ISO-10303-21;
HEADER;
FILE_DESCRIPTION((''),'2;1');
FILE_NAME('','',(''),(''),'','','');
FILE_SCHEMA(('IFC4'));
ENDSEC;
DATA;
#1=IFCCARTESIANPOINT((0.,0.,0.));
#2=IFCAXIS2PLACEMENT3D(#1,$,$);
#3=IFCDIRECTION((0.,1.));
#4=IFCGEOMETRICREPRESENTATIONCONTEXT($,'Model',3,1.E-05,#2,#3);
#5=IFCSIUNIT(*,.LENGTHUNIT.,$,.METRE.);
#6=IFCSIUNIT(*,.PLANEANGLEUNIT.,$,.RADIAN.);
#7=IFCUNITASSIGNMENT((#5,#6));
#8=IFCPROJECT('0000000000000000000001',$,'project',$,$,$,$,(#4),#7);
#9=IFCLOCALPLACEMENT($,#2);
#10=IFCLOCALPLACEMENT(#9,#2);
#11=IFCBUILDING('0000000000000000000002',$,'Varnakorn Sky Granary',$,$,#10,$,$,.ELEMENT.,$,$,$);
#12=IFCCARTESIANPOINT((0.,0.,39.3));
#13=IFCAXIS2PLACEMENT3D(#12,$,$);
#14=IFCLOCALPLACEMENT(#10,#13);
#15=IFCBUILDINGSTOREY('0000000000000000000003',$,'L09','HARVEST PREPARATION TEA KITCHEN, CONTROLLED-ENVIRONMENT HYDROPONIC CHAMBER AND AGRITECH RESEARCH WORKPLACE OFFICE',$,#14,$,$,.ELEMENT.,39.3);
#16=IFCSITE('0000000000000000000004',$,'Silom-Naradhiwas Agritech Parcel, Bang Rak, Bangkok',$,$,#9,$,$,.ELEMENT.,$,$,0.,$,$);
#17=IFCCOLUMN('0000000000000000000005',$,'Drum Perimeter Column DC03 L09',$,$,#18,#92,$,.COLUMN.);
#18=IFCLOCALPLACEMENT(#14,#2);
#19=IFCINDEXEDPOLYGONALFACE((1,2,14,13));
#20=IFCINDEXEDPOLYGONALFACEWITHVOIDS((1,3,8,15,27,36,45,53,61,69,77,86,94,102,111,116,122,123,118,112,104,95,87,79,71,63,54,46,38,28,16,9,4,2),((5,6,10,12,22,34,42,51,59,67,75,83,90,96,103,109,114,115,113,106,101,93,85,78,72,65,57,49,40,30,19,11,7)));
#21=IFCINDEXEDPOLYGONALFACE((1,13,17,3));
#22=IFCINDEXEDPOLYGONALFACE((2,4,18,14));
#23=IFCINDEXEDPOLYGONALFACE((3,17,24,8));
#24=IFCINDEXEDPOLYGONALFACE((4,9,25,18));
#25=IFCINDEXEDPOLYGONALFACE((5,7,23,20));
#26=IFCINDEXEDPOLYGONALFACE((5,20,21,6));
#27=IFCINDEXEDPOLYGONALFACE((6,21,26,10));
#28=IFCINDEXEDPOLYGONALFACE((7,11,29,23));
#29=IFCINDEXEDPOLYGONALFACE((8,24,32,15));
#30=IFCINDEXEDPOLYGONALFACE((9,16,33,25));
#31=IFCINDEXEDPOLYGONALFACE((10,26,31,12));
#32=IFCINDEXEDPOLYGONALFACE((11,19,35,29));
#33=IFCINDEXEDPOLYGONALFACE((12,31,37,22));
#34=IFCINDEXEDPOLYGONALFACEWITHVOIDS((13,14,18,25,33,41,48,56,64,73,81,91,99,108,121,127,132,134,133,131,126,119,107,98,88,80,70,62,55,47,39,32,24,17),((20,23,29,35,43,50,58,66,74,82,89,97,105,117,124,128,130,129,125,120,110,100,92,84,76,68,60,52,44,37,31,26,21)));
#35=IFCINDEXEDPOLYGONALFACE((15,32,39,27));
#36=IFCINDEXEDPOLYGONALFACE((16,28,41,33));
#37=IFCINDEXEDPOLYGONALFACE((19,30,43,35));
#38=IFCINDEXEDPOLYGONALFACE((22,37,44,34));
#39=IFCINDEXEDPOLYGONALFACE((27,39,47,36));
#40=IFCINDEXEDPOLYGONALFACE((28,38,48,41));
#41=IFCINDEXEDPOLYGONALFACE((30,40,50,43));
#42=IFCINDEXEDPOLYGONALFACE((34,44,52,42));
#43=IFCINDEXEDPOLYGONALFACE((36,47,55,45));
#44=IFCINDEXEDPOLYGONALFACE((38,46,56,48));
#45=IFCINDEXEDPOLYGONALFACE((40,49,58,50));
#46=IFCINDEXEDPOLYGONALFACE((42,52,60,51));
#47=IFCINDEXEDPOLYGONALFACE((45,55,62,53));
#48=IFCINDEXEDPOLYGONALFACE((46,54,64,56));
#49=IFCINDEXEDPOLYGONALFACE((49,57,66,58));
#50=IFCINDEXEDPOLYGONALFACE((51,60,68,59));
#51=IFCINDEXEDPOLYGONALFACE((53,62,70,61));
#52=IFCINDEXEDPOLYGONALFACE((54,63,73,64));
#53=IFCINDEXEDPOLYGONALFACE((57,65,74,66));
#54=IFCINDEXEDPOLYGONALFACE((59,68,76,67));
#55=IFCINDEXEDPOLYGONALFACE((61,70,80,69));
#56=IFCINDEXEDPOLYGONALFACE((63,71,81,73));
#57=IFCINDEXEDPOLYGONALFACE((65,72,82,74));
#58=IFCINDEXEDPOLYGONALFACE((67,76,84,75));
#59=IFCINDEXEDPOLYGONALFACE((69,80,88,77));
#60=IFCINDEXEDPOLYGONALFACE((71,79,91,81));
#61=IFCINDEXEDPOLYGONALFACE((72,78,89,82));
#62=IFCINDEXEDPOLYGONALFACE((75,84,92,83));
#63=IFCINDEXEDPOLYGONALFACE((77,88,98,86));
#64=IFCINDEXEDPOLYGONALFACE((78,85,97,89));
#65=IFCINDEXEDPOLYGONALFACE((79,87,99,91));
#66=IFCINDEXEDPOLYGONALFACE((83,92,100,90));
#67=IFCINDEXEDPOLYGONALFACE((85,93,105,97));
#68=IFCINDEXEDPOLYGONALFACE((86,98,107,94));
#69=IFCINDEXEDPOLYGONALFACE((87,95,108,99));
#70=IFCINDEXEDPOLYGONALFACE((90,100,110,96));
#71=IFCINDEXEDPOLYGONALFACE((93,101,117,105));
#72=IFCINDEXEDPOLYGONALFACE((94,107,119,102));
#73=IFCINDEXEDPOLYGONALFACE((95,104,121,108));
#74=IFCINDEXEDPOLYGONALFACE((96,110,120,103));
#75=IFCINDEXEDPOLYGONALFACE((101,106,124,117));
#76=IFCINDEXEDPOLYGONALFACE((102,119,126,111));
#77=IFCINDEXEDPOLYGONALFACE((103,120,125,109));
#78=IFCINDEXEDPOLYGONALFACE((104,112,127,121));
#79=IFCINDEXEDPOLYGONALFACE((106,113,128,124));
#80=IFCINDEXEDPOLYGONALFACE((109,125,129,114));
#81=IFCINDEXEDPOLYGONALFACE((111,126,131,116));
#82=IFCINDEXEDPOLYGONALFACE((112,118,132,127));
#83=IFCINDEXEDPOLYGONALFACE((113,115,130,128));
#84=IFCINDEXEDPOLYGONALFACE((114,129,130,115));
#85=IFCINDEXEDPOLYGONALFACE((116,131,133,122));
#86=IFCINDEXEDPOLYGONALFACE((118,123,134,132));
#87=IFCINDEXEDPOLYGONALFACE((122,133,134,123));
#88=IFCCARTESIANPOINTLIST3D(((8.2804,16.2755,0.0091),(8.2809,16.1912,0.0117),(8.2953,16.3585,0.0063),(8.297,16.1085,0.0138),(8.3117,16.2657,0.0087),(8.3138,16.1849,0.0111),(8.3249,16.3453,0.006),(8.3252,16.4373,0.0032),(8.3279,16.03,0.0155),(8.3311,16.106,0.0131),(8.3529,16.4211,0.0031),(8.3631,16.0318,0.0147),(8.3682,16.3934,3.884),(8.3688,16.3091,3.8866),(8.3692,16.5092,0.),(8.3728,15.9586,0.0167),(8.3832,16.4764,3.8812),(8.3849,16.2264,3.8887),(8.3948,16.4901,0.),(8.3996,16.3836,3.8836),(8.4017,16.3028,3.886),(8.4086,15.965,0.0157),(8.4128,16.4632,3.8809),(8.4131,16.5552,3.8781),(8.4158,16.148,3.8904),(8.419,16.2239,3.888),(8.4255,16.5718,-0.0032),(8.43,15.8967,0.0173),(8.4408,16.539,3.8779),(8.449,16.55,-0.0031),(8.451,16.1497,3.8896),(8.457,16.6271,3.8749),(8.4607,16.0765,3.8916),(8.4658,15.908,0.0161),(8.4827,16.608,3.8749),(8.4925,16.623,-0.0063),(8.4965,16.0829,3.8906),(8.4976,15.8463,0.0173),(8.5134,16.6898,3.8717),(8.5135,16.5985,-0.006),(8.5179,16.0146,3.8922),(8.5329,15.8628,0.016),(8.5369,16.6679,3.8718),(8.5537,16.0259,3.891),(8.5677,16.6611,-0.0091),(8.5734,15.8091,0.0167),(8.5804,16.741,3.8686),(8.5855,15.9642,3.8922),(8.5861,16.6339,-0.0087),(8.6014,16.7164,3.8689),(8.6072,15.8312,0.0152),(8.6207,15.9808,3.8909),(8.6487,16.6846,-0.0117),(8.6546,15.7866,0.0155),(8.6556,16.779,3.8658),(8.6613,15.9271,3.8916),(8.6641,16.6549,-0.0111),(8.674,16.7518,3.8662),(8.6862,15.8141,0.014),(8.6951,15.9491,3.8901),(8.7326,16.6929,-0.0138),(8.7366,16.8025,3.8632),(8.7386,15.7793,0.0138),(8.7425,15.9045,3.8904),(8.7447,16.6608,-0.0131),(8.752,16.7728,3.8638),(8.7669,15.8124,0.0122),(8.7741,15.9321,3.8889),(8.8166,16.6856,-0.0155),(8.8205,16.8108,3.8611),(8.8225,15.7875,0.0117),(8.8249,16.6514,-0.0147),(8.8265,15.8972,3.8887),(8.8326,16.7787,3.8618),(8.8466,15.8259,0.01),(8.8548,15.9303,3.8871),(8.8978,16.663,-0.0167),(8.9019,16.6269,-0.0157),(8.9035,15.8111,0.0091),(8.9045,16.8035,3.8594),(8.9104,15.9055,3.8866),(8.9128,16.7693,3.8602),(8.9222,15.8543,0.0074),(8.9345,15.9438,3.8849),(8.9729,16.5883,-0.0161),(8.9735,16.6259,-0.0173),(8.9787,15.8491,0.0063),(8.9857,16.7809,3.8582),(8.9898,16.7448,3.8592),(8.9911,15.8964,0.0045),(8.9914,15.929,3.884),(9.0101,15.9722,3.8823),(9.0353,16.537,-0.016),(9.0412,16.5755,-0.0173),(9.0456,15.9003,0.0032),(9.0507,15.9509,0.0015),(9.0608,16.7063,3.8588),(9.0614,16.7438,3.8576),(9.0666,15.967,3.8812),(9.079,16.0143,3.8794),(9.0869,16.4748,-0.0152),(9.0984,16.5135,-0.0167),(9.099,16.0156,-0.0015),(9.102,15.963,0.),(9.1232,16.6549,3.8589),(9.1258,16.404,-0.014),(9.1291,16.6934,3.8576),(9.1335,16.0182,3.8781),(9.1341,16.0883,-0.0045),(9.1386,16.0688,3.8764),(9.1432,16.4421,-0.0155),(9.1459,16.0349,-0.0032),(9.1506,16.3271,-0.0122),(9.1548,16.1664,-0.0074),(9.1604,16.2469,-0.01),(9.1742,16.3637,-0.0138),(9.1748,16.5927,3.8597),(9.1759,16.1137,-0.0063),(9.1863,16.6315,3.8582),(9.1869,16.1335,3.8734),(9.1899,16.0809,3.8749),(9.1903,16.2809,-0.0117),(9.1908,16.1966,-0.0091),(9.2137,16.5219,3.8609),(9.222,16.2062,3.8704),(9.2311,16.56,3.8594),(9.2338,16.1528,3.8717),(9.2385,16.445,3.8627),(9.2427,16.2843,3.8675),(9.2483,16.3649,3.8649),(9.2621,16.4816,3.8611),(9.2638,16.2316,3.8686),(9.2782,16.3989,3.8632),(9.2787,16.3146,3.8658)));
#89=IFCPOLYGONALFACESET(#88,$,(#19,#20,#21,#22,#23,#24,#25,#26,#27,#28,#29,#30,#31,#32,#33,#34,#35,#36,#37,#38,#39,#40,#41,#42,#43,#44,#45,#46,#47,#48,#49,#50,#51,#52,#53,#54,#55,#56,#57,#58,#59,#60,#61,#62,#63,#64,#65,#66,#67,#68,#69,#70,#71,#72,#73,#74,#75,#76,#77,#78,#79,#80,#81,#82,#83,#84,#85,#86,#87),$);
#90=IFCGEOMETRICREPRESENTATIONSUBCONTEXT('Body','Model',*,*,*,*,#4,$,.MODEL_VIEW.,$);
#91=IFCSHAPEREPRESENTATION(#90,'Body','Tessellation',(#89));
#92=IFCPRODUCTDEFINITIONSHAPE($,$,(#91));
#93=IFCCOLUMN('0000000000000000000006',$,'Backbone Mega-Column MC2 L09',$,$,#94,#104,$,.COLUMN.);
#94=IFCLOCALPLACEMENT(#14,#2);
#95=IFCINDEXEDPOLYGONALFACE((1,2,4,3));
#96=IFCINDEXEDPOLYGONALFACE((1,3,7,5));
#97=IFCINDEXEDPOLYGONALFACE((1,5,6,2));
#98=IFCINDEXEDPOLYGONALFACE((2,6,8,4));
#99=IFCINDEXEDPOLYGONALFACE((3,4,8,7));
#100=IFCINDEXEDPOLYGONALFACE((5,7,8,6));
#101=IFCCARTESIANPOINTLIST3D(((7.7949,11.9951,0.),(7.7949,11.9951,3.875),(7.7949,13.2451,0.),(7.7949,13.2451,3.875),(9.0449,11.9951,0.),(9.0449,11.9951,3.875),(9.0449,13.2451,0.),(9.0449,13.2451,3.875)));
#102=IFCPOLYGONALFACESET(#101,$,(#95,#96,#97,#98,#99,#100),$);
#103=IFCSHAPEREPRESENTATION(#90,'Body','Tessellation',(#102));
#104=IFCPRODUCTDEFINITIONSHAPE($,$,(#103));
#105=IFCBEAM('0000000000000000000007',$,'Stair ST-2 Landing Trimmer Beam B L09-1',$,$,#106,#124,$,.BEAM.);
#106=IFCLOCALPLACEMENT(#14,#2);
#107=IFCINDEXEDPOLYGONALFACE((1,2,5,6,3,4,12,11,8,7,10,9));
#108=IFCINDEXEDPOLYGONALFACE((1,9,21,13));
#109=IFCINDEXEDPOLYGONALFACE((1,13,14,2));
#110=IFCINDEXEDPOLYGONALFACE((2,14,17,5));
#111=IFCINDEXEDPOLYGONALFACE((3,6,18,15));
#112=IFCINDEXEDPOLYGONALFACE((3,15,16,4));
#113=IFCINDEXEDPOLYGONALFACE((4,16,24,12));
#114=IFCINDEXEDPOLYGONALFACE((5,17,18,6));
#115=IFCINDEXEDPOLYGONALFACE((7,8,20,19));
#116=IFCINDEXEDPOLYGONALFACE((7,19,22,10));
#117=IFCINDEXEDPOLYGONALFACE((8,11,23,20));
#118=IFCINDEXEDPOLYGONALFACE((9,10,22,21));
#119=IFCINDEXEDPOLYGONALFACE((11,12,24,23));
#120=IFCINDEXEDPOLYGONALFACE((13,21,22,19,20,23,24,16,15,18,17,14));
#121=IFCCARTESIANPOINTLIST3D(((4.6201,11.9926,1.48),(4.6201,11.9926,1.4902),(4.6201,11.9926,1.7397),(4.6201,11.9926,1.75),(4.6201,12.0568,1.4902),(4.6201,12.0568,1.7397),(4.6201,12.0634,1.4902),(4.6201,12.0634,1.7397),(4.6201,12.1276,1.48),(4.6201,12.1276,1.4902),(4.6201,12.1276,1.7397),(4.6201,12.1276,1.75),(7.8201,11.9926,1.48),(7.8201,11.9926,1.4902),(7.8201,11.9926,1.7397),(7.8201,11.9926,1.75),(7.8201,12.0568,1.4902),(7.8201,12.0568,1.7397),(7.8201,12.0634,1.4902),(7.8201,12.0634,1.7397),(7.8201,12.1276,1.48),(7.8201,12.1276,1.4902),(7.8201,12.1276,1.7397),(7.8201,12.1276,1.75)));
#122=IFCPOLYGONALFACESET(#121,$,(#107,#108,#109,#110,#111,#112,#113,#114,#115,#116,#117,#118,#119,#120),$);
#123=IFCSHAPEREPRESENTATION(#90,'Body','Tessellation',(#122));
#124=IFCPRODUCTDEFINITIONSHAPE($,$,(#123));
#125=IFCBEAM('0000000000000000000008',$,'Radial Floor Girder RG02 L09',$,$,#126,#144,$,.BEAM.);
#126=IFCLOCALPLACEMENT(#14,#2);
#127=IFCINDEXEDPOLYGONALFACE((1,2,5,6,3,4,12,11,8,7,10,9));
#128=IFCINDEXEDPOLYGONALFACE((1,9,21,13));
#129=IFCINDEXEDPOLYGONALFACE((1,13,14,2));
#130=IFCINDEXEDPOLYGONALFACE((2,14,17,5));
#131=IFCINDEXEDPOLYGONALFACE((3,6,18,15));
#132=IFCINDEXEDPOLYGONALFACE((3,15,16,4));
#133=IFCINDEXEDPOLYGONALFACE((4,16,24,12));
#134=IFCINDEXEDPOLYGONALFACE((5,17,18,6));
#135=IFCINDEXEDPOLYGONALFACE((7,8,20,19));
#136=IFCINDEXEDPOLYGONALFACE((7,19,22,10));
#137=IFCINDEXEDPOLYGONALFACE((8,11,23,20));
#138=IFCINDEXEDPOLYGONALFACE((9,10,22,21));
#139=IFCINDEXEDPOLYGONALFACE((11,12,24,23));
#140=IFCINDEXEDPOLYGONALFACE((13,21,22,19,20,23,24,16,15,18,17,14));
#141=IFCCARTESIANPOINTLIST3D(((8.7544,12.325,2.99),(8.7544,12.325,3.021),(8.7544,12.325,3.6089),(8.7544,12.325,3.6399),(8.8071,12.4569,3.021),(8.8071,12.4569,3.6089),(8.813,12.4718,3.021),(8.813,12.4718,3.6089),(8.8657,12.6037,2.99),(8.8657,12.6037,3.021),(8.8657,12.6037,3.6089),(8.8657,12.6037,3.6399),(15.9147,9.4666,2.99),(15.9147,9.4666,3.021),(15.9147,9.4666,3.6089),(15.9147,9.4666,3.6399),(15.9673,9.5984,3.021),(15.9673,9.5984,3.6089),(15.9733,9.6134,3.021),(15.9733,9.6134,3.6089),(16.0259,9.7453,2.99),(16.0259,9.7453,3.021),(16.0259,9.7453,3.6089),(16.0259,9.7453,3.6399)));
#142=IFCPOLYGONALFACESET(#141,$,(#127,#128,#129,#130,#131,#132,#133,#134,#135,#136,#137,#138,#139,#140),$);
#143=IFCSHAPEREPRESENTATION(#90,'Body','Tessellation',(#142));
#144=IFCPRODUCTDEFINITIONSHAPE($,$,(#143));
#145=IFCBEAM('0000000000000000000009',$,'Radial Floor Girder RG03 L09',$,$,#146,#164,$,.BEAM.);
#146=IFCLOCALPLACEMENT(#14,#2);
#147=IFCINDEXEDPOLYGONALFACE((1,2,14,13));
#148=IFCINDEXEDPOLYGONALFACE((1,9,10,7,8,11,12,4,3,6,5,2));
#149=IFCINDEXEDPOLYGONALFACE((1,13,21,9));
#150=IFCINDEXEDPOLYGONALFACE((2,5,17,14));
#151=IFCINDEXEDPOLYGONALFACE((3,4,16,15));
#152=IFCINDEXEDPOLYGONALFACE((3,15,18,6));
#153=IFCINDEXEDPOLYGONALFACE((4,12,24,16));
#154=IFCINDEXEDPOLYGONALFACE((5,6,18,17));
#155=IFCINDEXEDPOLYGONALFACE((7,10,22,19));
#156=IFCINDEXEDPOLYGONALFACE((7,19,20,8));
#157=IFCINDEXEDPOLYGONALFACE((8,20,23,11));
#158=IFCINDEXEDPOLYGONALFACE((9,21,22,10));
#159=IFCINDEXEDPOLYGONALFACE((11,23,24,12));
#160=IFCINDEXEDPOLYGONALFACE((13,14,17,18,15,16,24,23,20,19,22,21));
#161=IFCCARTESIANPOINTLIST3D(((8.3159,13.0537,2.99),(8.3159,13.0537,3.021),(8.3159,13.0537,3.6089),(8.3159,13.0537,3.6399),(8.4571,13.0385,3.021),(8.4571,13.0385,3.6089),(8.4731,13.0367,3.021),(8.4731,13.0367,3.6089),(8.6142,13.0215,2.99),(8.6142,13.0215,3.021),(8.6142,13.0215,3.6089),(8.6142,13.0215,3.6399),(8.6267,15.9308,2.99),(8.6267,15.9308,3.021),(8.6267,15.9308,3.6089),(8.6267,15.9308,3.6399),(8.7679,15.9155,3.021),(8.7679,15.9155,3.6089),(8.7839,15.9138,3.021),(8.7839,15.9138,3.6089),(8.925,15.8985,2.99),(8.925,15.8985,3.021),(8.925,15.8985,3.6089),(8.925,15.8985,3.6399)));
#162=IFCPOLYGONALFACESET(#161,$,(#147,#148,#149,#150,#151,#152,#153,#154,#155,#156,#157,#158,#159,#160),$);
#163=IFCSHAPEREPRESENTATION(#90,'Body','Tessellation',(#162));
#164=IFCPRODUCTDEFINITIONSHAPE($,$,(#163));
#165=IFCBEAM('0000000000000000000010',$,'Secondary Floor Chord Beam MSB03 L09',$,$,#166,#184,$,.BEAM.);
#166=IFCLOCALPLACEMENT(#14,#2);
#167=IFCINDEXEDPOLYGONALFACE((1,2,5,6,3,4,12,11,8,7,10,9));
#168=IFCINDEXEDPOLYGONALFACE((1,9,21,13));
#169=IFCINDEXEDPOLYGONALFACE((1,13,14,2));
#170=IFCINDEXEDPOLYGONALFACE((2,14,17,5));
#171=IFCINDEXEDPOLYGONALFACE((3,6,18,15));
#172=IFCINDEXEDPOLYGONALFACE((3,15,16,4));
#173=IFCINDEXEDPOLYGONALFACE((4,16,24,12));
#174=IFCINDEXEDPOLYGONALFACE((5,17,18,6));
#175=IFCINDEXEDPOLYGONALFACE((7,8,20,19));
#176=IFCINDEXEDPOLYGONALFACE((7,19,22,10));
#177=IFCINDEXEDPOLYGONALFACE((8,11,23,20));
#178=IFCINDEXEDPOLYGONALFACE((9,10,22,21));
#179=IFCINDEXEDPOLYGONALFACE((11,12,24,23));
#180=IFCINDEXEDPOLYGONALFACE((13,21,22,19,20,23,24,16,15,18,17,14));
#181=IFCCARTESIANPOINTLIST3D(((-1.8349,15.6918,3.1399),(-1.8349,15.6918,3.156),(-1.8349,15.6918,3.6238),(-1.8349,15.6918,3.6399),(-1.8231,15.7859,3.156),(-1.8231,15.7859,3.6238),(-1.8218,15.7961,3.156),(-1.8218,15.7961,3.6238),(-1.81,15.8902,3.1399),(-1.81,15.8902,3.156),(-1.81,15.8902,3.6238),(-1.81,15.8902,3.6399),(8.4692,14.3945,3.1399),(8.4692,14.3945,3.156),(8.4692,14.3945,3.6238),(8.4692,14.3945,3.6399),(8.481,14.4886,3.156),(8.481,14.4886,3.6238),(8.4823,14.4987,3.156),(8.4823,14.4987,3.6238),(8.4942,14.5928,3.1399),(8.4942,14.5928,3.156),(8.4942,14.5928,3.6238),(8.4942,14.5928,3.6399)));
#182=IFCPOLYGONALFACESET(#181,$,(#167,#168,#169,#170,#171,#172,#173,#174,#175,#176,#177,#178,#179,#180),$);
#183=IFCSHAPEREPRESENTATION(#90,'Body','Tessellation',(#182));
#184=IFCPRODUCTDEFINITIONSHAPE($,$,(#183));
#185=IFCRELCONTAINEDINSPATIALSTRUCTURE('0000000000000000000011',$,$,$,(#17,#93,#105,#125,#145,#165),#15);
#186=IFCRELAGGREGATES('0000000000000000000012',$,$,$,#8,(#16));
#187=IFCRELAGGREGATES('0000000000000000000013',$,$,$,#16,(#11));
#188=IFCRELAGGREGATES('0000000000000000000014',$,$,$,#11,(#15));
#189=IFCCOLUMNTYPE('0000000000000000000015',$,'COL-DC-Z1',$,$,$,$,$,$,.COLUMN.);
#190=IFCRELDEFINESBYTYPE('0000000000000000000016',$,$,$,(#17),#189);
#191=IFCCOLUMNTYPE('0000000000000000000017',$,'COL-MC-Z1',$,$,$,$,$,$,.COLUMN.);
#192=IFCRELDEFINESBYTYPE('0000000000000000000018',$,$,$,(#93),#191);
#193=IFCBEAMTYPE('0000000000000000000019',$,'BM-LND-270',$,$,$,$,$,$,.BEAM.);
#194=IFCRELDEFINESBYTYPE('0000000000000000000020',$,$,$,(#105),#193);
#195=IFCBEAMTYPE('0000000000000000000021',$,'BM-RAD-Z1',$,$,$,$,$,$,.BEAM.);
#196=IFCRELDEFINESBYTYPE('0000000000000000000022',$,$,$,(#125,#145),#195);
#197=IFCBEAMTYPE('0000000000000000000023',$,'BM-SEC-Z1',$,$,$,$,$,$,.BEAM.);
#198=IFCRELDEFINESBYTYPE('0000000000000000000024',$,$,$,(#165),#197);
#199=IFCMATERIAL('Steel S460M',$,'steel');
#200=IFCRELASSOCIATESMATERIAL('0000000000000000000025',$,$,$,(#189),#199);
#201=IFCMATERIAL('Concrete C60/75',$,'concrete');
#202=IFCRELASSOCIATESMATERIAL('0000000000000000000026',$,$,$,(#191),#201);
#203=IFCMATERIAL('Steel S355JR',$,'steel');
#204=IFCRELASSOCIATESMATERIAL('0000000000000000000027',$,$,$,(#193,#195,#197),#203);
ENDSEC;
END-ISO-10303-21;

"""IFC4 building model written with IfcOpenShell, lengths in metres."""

from ifc_helpers import new_model, si_unit, direction, frame, origin, origin_2d, place, context, subcontext, project, spatial, rectangle, hollow_circle, i_section, extrude, material, material_profile, profile_set, type_object, element, save


model = new_model("IFC4")

# Units and contexts
model_context = context("Model", 3, precision=1e-05, world=origin(), true_north=direction((0.0, 1.0)))
body_context = subcontext(model_context, "Body", "Model", "MODEL_VIEW")
ifc_project = project(units=[si_unit("LENGTHUNIT", "METRE"), si_unit("PLANEANGLEUNIT", "RADIAN")], contexts=[model_context])

# Site, building, storey
site_placement = place(None, origin())
site = spatial("IfcSite", under=ifc_project, at=site_placement, Name="Silom-Naradhiwas Agritech Parcel, Bang Rak, Bangkok", CompositionType="ELEMENT", RefElevation=0.0)
building_placement = place(site_placement, origin())
building = spatial("IfcBuilding", under=site, at=building_placement, Name="Varnakorn Sky Granary", CompositionType="ELEMENT")
storey_placement = place(building_placement, frame((0.0, 0.0, 39.3)))
storey = spatial("IfcBuildingStorey", under=building, at=storey_placement, Name="L09", Description="HARVEST PREPARATION TEA KITCHEN, CONTROLLED-ENVIRONMENT HYDROPONIC CHAMBER AND AGRITECH RESEARCH WORKPLACE OFFICE", CompositionType="ELEMENT", Elevation=39.3)

# Columns
ifc_material_1 = material(Name="Steel S460M", Category="steel")
ifc_material_profile_1 = material_profile(ifc_material_1, hollow_circle(Radius=0.457, WallThickness=0.032, at=origin_2d()), Name="CHS 914x32")
ifc_profile_set_1 = profile_set([ifc_material_profile_1], Name="Steel S460M")
column_type_1 = type_object("IfcColumnType", Name="COL-DC-Z1", PredefinedType="COLUMN", material=ifc_profile_set_1)
column_1_placement = place(storey_placement, frame((8.7356, 16.2361, 0.0), z_axis=(0.022665, 0.030409, 0.999281), x_axis=(-0.801789, 0.597607, 0.0)))
element("IfcColumn", 1, at=column_1_placement, inside=storey, type_object=column_type_1, Name="Drum Perimeter Column DC03 L09", PredefinedType="COLUMN", context=body_context, shape_type="SweptSolid", body=[
    extrude(hollow_circle(Radius=0.457, WallThickness=0.032, at=origin_2d()), origin(), (0.0, 0.0, 1.0), 3.8777),
])
ifc_material_2 = material(Name="Concrete C60/75", Category="concrete")
ifc_material_profile_2 = material_profile(ifc_material_2, rectangle(XDim=1.25, YDim=1.25, at=origin_2d()), Name="RC 1250x1250")
ifc_profile_set_2 = profile_set([ifc_material_profile_2], Name="Concrete C60/75")
column_type_2 = type_object("IfcColumnType", Name="COL-MC-Z1", PredefinedType="COLUMN", material=ifc_profile_set_2)
column_2_placement = place(storey_placement, frame((8.4199, 12.6201, 0.0), z_axis=(0.0, 0.0, 1.0), x_axis=(1.0, 0.0, 0.0)))
element("IfcColumn", 2, at=column_2_placement, inside=storey, type_object=column_type_2, Name="Backbone Mega-Column MC2 L09", PredefinedType="COLUMN", context=body_context, shape_type="SweptSolid", body=[
    extrude(rectangle(XDim=1.25, YDim=1.25, at=origin_2d()), origin(), (0.0, 0.0, 1.0), 3.875),
])

# Beams
ifc_material_3 = material(Name="Steel S355JR", Category="steel")
ifc_material_profile_3 = material_profile(ifc_material_3, i_section(OverallWidth=0.135, OverallDepth=0.27, WebThickness=0.0066, FlangeThickness=0.0103, at=origin_2d()), Name="IPE 270")
ifc_profile_set_3 = profile_set([ifc_material_profile_3], Name="Steel S355JR")
beam_type_1 = type_object("IfcBeamType", Name="BM-LND-270", PredefinedType="BEAM", material=ifc_profile_set_3)
beam_1_placement = place(storey_placement, frame((4.6201, 12.0601, 1.615), z_axis=(1.0, 0.0, 0.0), x_axis=(0.0, 1.0, 0.0)))
element("IfcBeam", 3, at=beam_1_placement, inside=storey, type_object=beam_type_1, Name="Stair ST-2 Landing Trimmer Beam B L09-1", PredefinedType="BEAM", context=body_context, shape_type="SweptSolid", body=[
    extrude(i_section(OverallWidth=0.135, OverallDepth=0.27, WebThickness=0.0066, FlangeThickness=0.0103, at=origin_2d()), origin(), (0.0, 0.0, 1.0), 3.2),
])
ifc_material_profile_4 = material_profile(ifc_material_3, i_section(OverallWidth=0.3, OverallDepth=0.6499, WebThickness=0.0161, FlangeThickness=0.031, at=origin_2d()), Name="HE 650 B")
ifc_profile_set_4 = profile_set([ifc_material_profile_4], Name="Steel S355JR")
beam_type_2 = type_object("IfcBeamType", Name="BM-RAD-Z1", PredefinedType="BEAM", material=ifc_profile_set_4)
beam_2_placement = place(storey_placement, frame((8.8101, 12.4644, 3.3149), z_axis=(0.92873, -0.370757, 0.0), x_axis=(0.370757, 0.92873, 0.0)))
element("IfcBeam", 4, at=beam_2_placement, inside=storey, type_object=beam_type_2, Name="Radial Floor Girder RG02 L09", PredefinedType="BEAM", context=body_context, shape_type="SweptSolid", body=[
    extrude(i_section(OverallWidth=0.3, OverallDepth=0.6499, WebThickness=0.0161, FlangeThickness=0.031, at=origin_2d()), origin(), (0.0, 0.0, 1.0), 7.7097),
])
beam_3_placement = place(storey_placement, frame((8.4651, 13.0376, 3.3149), z_axis=(0.107403, 0.994216, 0.0), x_axis=(-0.994216, 0.107403, 0.0)))
element("IfcBeam", 5, at=beam_3_placement, inside=storey, type_object=beam_type_2, Name="Radial Floor Girder RG03 L09", PredefinedType="BEAM", context=body_context, shape_type="SweptSolid", body=[
    extrude(i_section(OverallWidth=0.3, OverallDepth=0.6499, WebThickness=0.0161, FlangeThickness=0.031, at=origin_2d()), origin(), (0.0, 0.0, 1.0), 2.8938),
])
ifc_material_profile_5 = material_profile(ifc_material_3, i_section(OverallWidth=0.2, OverallDepth=0.5, WebThickness=0.0103, FlangeThickness=0.0161, at=origin_2d()), Name="IPE 500")
ifc_profile_set_5 = profile_set([ifc_material_profile_5], Name="Steel S355JR")
beam_type_3 = type_object("IfcBeamType", Name="BM-SEC-Z1", PredefinedType="BEAM", material=ifc_profile_set_5)
beam_4_placement = place(storey_placement, frame((8.4817, 14.4937, 3.3899), z_axis=(-0.992167, 0.12492, 0.0), x_axis=(-0.12492, -0.992167, 0.0)))
element("IfcBeam", 6, at=beam_4_placement, inside=storey, type_object=beam_type_3, Name="Secondary Floor Chord Beam MSB03 L09", PredefinedType="BEAM", context=body_context, shape_type="SweptSolid", body=[
    extrude(i_section(OverallWidth=0.2, OverallDepth=0.5, WebThickness=0.0103, FlangeThickness=0.0161, at=origin_2d()), origin(), (0.0, 0.0, 1.0), 10.3855),
])

save(model, "model.ifc")
